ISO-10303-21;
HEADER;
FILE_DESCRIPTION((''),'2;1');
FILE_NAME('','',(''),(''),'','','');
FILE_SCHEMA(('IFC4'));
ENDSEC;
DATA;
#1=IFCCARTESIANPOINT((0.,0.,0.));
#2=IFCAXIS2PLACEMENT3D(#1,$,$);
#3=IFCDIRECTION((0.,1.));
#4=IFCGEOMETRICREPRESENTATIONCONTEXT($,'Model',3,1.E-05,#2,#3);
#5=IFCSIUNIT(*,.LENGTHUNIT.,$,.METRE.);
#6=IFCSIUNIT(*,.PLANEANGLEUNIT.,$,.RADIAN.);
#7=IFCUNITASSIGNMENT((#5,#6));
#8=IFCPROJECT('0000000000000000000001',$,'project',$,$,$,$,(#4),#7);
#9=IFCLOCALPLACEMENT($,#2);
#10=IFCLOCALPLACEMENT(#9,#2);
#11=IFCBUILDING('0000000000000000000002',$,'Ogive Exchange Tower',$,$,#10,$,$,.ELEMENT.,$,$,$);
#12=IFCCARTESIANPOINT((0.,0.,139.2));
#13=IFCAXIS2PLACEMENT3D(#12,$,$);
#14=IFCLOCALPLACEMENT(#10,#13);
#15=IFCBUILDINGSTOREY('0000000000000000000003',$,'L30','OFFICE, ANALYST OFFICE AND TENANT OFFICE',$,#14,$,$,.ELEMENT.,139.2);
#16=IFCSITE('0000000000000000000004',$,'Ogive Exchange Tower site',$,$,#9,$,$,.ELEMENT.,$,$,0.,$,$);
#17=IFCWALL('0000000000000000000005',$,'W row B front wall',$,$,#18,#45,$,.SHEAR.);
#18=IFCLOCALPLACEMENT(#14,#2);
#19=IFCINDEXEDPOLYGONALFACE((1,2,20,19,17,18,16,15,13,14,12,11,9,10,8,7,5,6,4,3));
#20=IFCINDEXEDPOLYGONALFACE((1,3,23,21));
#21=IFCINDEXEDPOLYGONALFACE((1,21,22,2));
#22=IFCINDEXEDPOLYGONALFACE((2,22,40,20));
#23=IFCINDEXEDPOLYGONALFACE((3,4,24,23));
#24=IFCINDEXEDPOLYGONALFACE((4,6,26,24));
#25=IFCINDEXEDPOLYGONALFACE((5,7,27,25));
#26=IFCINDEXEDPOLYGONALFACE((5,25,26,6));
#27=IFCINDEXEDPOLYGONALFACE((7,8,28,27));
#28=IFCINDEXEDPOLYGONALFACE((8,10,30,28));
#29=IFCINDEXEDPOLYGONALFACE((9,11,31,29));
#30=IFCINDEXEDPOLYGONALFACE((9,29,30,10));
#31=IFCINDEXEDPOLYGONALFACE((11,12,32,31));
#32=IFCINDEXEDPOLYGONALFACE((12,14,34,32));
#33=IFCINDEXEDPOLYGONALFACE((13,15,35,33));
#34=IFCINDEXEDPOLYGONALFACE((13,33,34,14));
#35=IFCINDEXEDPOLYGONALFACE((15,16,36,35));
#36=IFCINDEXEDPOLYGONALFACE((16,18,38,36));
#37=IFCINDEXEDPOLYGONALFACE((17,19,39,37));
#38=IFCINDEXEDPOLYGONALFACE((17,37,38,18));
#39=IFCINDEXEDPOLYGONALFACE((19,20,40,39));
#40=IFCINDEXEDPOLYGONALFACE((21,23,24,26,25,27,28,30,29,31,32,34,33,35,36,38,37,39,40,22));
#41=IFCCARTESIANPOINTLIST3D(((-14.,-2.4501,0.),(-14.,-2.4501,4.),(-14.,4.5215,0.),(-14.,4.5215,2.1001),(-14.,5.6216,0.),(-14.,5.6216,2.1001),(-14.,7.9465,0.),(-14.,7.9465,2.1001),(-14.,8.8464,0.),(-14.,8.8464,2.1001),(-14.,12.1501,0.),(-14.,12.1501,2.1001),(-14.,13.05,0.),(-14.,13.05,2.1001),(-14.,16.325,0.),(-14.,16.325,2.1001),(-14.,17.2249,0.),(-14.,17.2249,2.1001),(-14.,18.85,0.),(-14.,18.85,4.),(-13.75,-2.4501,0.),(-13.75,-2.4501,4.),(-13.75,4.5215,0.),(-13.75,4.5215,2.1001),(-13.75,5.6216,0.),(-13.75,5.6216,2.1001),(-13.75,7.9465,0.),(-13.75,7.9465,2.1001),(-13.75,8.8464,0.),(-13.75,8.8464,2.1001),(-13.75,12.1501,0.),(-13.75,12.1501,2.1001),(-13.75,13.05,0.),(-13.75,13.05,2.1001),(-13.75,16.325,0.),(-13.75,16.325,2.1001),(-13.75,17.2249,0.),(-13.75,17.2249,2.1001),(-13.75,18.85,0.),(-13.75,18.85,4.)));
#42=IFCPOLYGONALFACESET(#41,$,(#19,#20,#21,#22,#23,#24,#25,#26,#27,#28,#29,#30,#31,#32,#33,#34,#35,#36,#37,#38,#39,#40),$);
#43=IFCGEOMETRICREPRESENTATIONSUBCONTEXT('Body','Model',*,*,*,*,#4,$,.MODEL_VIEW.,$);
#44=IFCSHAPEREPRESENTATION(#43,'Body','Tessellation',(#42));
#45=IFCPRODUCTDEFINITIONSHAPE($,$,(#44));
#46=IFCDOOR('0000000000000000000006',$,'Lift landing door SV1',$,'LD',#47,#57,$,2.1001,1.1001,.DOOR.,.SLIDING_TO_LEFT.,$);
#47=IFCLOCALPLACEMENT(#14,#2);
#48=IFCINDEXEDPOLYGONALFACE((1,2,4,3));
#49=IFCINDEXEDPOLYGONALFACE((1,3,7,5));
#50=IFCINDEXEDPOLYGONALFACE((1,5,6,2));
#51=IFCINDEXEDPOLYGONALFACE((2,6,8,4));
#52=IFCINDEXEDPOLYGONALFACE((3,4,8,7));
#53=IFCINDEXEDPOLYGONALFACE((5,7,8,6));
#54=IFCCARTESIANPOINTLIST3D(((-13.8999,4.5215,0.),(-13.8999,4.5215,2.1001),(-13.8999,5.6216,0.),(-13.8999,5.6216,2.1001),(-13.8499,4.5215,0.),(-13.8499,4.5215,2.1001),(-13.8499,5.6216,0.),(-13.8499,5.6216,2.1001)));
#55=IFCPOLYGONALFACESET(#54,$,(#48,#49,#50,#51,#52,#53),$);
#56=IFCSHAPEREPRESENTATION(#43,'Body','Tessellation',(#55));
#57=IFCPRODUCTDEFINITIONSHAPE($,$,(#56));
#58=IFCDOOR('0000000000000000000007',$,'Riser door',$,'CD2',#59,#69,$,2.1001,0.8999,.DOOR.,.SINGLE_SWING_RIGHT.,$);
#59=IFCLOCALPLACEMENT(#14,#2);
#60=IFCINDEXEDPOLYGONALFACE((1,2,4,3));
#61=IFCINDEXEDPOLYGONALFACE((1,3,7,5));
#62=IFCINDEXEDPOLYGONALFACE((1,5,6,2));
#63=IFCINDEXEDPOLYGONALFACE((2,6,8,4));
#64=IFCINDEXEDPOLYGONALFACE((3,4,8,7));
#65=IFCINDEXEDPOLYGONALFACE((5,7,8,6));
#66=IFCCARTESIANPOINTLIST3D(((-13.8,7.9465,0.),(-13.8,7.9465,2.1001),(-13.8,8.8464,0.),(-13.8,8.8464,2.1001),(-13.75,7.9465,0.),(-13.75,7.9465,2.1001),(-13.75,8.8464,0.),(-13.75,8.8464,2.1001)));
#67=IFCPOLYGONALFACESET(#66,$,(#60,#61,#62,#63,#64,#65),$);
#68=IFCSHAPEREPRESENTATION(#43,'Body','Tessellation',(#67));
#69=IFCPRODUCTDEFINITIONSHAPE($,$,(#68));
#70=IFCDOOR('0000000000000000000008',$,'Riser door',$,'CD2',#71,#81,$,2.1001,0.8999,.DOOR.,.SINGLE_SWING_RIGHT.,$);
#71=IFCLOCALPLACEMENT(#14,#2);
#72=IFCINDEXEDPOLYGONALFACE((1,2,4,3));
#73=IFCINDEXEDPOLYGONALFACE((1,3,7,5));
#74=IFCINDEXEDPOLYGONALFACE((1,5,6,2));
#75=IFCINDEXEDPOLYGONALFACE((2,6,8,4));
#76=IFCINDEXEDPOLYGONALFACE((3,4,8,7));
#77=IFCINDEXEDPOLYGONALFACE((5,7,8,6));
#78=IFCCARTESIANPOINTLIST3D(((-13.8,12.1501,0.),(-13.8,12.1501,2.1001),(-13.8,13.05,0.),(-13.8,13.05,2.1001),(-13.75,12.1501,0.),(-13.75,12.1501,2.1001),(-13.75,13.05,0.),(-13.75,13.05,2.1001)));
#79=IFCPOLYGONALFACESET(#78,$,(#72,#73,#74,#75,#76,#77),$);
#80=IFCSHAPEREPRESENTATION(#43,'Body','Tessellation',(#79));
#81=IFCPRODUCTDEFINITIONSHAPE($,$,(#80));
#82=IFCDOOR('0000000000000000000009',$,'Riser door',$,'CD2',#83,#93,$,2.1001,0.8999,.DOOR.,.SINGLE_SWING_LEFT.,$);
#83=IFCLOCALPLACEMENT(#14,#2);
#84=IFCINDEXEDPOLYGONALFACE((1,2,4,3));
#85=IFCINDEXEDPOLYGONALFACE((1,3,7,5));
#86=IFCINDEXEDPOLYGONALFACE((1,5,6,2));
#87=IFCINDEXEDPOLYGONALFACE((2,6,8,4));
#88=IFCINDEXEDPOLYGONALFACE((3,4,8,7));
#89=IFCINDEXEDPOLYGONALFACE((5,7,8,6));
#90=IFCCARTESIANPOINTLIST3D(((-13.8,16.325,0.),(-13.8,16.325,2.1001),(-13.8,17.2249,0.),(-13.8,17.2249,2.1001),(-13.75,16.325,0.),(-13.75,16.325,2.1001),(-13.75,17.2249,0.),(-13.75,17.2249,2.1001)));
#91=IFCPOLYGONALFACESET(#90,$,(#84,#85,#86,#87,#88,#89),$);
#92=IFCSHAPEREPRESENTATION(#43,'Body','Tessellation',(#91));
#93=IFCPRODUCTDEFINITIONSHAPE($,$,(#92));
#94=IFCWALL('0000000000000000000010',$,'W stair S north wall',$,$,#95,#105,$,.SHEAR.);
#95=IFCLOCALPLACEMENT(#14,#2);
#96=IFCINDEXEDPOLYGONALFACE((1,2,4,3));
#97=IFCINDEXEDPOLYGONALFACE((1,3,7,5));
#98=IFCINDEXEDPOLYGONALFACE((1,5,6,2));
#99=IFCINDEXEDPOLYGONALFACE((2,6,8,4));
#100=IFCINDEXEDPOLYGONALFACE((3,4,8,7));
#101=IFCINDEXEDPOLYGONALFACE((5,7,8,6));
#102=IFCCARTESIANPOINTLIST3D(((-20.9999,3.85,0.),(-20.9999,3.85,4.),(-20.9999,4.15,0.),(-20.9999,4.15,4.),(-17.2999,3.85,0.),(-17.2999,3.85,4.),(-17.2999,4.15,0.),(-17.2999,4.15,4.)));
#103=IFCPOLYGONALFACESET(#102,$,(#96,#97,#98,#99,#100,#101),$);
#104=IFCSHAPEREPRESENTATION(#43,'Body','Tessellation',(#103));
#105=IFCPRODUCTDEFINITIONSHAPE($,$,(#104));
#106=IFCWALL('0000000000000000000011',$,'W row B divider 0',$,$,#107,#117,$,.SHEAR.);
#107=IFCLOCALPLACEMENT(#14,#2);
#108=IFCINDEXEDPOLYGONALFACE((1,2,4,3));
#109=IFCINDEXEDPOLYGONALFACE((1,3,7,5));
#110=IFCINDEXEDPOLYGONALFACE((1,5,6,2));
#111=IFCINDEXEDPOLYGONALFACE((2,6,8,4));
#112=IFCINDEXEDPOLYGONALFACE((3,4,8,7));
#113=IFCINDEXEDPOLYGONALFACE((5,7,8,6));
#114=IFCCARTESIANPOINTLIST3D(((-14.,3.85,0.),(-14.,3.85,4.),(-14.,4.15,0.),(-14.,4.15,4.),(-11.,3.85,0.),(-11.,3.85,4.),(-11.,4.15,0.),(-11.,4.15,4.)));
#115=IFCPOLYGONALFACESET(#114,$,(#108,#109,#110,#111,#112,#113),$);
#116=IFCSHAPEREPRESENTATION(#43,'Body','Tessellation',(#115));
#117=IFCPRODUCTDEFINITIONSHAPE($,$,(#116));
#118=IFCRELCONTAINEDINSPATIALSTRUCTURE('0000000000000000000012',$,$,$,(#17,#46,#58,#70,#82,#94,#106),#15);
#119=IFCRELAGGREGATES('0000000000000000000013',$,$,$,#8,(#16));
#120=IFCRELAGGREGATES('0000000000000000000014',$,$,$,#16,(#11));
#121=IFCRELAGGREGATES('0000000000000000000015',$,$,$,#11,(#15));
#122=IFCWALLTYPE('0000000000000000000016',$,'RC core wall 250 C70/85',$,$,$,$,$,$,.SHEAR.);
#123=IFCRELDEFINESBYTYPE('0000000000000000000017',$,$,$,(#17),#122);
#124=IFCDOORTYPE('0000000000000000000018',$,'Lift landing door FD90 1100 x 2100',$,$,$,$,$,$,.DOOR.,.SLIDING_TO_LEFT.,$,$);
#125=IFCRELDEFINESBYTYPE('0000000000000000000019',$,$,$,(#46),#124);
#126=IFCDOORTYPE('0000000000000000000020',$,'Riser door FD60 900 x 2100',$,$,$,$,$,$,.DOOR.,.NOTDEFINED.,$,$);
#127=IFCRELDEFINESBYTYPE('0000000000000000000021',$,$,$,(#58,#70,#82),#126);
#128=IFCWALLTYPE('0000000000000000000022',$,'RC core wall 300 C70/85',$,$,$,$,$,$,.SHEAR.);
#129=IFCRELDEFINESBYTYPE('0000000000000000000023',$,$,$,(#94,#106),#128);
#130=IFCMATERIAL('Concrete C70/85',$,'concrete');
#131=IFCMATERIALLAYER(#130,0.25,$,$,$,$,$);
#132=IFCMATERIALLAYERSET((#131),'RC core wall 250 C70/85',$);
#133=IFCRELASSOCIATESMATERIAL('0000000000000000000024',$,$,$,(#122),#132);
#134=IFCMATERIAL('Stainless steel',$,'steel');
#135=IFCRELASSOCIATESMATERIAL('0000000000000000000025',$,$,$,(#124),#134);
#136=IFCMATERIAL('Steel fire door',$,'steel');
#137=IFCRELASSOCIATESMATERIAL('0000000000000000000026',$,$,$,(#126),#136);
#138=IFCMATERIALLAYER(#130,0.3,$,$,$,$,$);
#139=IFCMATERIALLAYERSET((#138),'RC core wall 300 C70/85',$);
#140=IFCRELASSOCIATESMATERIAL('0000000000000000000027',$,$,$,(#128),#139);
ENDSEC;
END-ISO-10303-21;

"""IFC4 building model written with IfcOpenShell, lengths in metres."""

from ifc_helpers import new_model, si_unit, direction, frame, frame_2d, origin, place, context, subcontext, project, spatial, rectangle, extrude, material, layer, layer_set, type_object, element, fill, save


model = new_model("IFC4")

# Units and contexts
model_context = context("Model", 3, precision=1e-05, world=origin(), true_north=direction((0.0, 1.0)))
body_context = subcontext(model_context, "Body", "Model", "MODEL_VIEW")
ifc_project = project(units=[si_unit("LENGTHUNIT", "METRE"), si_unit("PLANEANGLEUNIT", "RADIAN")], contexts=[model_context])

# Site, building, storey
site_placement = place(None, origin())
site = spatial("IfcSite", under=ifc_project, at=site_placement, Name="Ogive Exchange Tower site", CompositionType="ELEMENT", RefElevation=0.0)
building_placement = place(site_placement, origin())
building = spatial("IfcBuilding", under=site, at=building_placement, Name="Ogive Exchange Tower", CompositionType="ELEMENT")
storey_placement = place(building_placement, frame((0.0, 0.0, 139.2)))
storey = spatial("IfcBuildingStorey", under=building, at=storey_placement, Name="L30", Description="OFFICE, ANALYST OFFICE AND TENANT OFFICE", CompositionType="ELEMENT", Elevation=139.2)

# Shared definitions
ifc_material_1 = material(Name="Concrete C70/85", Category="concrete")
ifc_layer_1 = layer(ifc_material_1, 0.25)
ifc_layer_set_1 = layer_set([ifc_layer_1], Name="RC core wall 250 C70/85")
wall_type_1 = type_object("IfcWallType", Name="RC core wall 250 C70/85", PredefinedType="SHEAR", material=ifc_layer_set_1)
ifc_material_2 = material(Name="Steel fire door", Category="steel")

# Wall, openings, doors
wall_1_placement = place(storey_placement, frame((-13.875, -2.45, 0.0), z_axis=(0.0, 0.0, 1.0), x_axis=(0.0, 1.0, 0.0)))
wall_1 = element("IfcWall", 1, at=wall_1_placement, inside=storey, type_object=wall_type_1, Name="W row B front wall", PredefinedType="SHEAR", context=body_context, shape_type="SweptSolid", body=[
    extrude(rectangle(XDim=21.3, YDim=0.25, at=frame_2d((10.6499, 0.0))), origin(), (0.0, 0.0, 1.0), 4.0),
])
opening_1_placement = place(wall_1_placement, frame((10.3965, 0.0, 0.0)))
opening_1 = element("IfcOpeningElement", 2, at=opening_1_placement, cuts=wall_1, PredefinedType="OPENING", context=body_context, shape_type="SweptSolid", body=[
    extrude(rectangle(XDim=0.8999, YDim=2.1001, at=frame_2d((0.45, 1.05))), frame((0.0, 0.135, 0.0), z_axis=(0.0, -1.0, 0.0), x_axis=(1.0, 0.0, 0.0)), (0.0, 0.0, 1.0), 0.27),
])
opening_2_placement = place(wall_1_placement, frame((14.6001, 0.0, 0.0)))
opening_2 = element("IfcOpeningElement", 3, at=opening_2_placement, cuts=wall_1, PredefinedType="OPENING", context=body_context, shape_type="SweptSolid", body=[
    extrude(rectangle(XDim=0.8999, YDim=2.1001, at=frame_2d((0.45, 1.05))), frame((0.0, 0.135, 0.0), z_axis=(0.0, -1.0, 0.0), x_axis=(1.0, 0.0, 0.0)), (0.0, 0.0, 1.0), 0.27),
])
opening_3_placement = place(wall_1_placement, frame((18.7749, 0.0, 0.0)))
opening_3 = element("IfcOpeningElement", 4, at=opening_3_placement, cuts=wall_1, PredefinedType="OPENING", context=body_context, shape_type="SweptSolid", body=[
    extrude(rectangle(XDim=0.8999, YDim=2.1001, at=frame_2d((0.45, 1.05))), frame((0.0, 0.135, 0.0), z_axis=(0.0, -1.0, 0.0), x_axis=(1.0, 0.0, 0.0)), (0.0, 0.0, 1.0), 0.27),
])
opening_4_placement = place(wall_1_placement, frame((6.9714, 0.0, 0.0)))
opening_4 = element("IfcOpeningElement", 5, at=opening_4_placement, cuts=wall_1, PredefinedType="OPENING", context=body_context, shape_type="SweptSolid", body=[
    extrude(rectangle(XDim=1.1001, YDim=2.1001, at=frame_2d((0.55, 1.05))), frame((0.0, 0.135, 0.0), z_axis=(0.0, -1.0, 0.0), x_axis=(1.0, 0.0, 0.0)), (0.0, 0.0, 1.0), 0.27),
])
ifc_material_3 = material(Name="Stainless steel", Category="steel")
door_type_1 = type_object("IfcDoorType", Name="Lift landing door FD90 1100 x 2100", OperationType="SLIDING_TO_LEFT", PredefinedType="DOOR", material=ifc_material_3)
door_1_placement = place(opening_4_placement, origin())
door_1 = element("IfcDoor", 6, at=door_1_placement, inside=storey, type_object=door_type_1, Name="Lift landing door SV1", ObjectType="LD", OperationType="SLIDING_TO_LEFT", OverallHeight=2.1001, OverallWidth=1.1001, PredefinedType="DOOR", context=body_context, shape_type="SweptSolid", body=[
    extrude(rectangle(XDim=1.1001, YDim=2.1001, at=frame_2d((0.55, 1.05))), frame((0.0, 0.0249, 0.0), z_axis=(0.0, -1.0, 0.0), x_axis=(1.0, 0.0, 0.0)), (0.0, 0.0, 1.0), 0.05),
])
fill(opening_4, door_1)
door_type_2 = type_object("IfcDoorType", Name="Riser door FD60 900 x 2100", OperationType="NOTDEFINED", PredefinedType="DOOR", material=ifc_material_2)
door_2_placement = place(opening_1_placement, frame((0.8999, -0.2002, 0.0), z_axis=(0.0, 0.0, 1.0), x_axis=(-1.0, 0.0, 0.0)))
door_2 = element("IfcDoor", 7, at=door_2_placement, inside=storey, type_object=door_type_2, Name="Riser door", ObjectType="CD2", OperationType="SINGLE_SWING_RIGHT", OverallHeight=2.1001, OverallWidth=0.8999, PredefinedType="DOOR", context=body_context, shape_type="SweptSolid", body=[
    extrude(rectangle(XDim=0.8999, YDim=2.1001, at=frame_2d((0.45, 1.05))), frame((0.0, -0.0752, 0.0), z_axis=(0.0, -1.0, 0.0), x_axis=(1.0, 0.0, 0.0)), (0.0, 0.0, 1.0), 0.05),
])
fill(opening_1, door_2)
door_3_placement = place(opening_2_placement, frame((0.8999, -0.2002, 0.0), z_axis=(0.0, 0.0, 1.0), x_axis=(-1.0, 0.0, 0.0)))
door_3 = element("IfcDoor", 8, at=door_3_placement, inside=storey, type_object=door_type_2, Name="Riser door", ObjectType="CD2", OperationType="SINGLE_SWING_RIGHT", OverallHeight=2.1001, OverallWidth=0.8999, PredefinedType="DOOR", context=body_context, shape_type="SweptSolid", body=[
    extrude(rectangle(XDim=0.8999, YDim=2.1001, at=frame_2d((0.45, 1.05))), frame((0.0, -0.0752, 0.0), z_axis=(0.0, -1.0, 0.0), x_axis=(1.0, 0.0, 0.0)), (0.0, 0.0, 1.0), 0.05),
])
fill(opening_2, door_3)
door_4_placement = place(opening_3_placement, frame((0.8999, -0.2002, 0.0), z_axis=(0.0, 0.0, 1.0), x_axis=(-1.0, 0.0, 0.0)))
door_4 = element("IfcDoor", 9, at=door_4_placement, inside=storey, type_object=door_type_2, Name="Riser door", ObjectType="CD2", OperationType="SINGLE_SWING_LEFT", OverallHeight=2.1001, OverallWidth=0.8999, PredefinedType="DOOR", context=body_context, shape_type="SweptSolid", body=[
    extrude(rectangle(XDim=0.8999, YDim=2.1001, at=frame_2d((0.45, 1.05))), frame((0.0, -0.0752, 0.0), z_axis=(0.0, -1.0, 0.0), x_axis=(1.0, 0.0, 0.0)), (0.0, 0.0, 1.0), 0.05),
])
fill(opening_3, door_4)

# Walls
ifc_layer_2 = layer(ifc_material_1, 0.3)
ifc_layer_set_2 = layer_set([ifc_layer_2], Name="RC core wall 300 C70/85")
wall_type_2 = type_object("IfcWallType", Name="RC core wall 300 C70/85", PredefinedType="SHEAR", material=ifc_layer_set_2)
wall_2_placement = place(storey_placement, frame((-21.0, 4.0, 0.0), z_axis=(0.0, 0.0, 1.0), x_axis=(1.0, 0.0, 0.0)))
element("IfcWall", 10, at=wall_2_placement, inside=storey, type_object=wall_type_2, Name="W stair S north wall", PredefinedType="SHEAR", context=body_context, shape_type="SweptSolid", body=[
    extrude(rectangle(XDim=3.7, YDim=0.3, at=frame_2d((1.8501, 0.0))), origin(), (0.0, 0.0, 1.0), 4.0),
])
wall_3_placement = place(storey_placement, frame((-14.0, 4.0, 0.0), z_axis=(0.0, 0.0, 1.0), x_axis=(1.0, 0.0, 0.0)))
element("IfcWall", 11, at=wall_3_placement, inside=storey, type_object=wall_type_2, Name="W row B divider 0", PredefinedType="SHEAR", context=body_context, shape_type="SweptSolid", body=[
    extrude(rectangle(XDim=3.0, YDim=0.3, at=frame_2d((1.5, 0.0))), origin(), (0.0, 0.0, 1.0), 4.0),
])

save(model, "model.ifc")
